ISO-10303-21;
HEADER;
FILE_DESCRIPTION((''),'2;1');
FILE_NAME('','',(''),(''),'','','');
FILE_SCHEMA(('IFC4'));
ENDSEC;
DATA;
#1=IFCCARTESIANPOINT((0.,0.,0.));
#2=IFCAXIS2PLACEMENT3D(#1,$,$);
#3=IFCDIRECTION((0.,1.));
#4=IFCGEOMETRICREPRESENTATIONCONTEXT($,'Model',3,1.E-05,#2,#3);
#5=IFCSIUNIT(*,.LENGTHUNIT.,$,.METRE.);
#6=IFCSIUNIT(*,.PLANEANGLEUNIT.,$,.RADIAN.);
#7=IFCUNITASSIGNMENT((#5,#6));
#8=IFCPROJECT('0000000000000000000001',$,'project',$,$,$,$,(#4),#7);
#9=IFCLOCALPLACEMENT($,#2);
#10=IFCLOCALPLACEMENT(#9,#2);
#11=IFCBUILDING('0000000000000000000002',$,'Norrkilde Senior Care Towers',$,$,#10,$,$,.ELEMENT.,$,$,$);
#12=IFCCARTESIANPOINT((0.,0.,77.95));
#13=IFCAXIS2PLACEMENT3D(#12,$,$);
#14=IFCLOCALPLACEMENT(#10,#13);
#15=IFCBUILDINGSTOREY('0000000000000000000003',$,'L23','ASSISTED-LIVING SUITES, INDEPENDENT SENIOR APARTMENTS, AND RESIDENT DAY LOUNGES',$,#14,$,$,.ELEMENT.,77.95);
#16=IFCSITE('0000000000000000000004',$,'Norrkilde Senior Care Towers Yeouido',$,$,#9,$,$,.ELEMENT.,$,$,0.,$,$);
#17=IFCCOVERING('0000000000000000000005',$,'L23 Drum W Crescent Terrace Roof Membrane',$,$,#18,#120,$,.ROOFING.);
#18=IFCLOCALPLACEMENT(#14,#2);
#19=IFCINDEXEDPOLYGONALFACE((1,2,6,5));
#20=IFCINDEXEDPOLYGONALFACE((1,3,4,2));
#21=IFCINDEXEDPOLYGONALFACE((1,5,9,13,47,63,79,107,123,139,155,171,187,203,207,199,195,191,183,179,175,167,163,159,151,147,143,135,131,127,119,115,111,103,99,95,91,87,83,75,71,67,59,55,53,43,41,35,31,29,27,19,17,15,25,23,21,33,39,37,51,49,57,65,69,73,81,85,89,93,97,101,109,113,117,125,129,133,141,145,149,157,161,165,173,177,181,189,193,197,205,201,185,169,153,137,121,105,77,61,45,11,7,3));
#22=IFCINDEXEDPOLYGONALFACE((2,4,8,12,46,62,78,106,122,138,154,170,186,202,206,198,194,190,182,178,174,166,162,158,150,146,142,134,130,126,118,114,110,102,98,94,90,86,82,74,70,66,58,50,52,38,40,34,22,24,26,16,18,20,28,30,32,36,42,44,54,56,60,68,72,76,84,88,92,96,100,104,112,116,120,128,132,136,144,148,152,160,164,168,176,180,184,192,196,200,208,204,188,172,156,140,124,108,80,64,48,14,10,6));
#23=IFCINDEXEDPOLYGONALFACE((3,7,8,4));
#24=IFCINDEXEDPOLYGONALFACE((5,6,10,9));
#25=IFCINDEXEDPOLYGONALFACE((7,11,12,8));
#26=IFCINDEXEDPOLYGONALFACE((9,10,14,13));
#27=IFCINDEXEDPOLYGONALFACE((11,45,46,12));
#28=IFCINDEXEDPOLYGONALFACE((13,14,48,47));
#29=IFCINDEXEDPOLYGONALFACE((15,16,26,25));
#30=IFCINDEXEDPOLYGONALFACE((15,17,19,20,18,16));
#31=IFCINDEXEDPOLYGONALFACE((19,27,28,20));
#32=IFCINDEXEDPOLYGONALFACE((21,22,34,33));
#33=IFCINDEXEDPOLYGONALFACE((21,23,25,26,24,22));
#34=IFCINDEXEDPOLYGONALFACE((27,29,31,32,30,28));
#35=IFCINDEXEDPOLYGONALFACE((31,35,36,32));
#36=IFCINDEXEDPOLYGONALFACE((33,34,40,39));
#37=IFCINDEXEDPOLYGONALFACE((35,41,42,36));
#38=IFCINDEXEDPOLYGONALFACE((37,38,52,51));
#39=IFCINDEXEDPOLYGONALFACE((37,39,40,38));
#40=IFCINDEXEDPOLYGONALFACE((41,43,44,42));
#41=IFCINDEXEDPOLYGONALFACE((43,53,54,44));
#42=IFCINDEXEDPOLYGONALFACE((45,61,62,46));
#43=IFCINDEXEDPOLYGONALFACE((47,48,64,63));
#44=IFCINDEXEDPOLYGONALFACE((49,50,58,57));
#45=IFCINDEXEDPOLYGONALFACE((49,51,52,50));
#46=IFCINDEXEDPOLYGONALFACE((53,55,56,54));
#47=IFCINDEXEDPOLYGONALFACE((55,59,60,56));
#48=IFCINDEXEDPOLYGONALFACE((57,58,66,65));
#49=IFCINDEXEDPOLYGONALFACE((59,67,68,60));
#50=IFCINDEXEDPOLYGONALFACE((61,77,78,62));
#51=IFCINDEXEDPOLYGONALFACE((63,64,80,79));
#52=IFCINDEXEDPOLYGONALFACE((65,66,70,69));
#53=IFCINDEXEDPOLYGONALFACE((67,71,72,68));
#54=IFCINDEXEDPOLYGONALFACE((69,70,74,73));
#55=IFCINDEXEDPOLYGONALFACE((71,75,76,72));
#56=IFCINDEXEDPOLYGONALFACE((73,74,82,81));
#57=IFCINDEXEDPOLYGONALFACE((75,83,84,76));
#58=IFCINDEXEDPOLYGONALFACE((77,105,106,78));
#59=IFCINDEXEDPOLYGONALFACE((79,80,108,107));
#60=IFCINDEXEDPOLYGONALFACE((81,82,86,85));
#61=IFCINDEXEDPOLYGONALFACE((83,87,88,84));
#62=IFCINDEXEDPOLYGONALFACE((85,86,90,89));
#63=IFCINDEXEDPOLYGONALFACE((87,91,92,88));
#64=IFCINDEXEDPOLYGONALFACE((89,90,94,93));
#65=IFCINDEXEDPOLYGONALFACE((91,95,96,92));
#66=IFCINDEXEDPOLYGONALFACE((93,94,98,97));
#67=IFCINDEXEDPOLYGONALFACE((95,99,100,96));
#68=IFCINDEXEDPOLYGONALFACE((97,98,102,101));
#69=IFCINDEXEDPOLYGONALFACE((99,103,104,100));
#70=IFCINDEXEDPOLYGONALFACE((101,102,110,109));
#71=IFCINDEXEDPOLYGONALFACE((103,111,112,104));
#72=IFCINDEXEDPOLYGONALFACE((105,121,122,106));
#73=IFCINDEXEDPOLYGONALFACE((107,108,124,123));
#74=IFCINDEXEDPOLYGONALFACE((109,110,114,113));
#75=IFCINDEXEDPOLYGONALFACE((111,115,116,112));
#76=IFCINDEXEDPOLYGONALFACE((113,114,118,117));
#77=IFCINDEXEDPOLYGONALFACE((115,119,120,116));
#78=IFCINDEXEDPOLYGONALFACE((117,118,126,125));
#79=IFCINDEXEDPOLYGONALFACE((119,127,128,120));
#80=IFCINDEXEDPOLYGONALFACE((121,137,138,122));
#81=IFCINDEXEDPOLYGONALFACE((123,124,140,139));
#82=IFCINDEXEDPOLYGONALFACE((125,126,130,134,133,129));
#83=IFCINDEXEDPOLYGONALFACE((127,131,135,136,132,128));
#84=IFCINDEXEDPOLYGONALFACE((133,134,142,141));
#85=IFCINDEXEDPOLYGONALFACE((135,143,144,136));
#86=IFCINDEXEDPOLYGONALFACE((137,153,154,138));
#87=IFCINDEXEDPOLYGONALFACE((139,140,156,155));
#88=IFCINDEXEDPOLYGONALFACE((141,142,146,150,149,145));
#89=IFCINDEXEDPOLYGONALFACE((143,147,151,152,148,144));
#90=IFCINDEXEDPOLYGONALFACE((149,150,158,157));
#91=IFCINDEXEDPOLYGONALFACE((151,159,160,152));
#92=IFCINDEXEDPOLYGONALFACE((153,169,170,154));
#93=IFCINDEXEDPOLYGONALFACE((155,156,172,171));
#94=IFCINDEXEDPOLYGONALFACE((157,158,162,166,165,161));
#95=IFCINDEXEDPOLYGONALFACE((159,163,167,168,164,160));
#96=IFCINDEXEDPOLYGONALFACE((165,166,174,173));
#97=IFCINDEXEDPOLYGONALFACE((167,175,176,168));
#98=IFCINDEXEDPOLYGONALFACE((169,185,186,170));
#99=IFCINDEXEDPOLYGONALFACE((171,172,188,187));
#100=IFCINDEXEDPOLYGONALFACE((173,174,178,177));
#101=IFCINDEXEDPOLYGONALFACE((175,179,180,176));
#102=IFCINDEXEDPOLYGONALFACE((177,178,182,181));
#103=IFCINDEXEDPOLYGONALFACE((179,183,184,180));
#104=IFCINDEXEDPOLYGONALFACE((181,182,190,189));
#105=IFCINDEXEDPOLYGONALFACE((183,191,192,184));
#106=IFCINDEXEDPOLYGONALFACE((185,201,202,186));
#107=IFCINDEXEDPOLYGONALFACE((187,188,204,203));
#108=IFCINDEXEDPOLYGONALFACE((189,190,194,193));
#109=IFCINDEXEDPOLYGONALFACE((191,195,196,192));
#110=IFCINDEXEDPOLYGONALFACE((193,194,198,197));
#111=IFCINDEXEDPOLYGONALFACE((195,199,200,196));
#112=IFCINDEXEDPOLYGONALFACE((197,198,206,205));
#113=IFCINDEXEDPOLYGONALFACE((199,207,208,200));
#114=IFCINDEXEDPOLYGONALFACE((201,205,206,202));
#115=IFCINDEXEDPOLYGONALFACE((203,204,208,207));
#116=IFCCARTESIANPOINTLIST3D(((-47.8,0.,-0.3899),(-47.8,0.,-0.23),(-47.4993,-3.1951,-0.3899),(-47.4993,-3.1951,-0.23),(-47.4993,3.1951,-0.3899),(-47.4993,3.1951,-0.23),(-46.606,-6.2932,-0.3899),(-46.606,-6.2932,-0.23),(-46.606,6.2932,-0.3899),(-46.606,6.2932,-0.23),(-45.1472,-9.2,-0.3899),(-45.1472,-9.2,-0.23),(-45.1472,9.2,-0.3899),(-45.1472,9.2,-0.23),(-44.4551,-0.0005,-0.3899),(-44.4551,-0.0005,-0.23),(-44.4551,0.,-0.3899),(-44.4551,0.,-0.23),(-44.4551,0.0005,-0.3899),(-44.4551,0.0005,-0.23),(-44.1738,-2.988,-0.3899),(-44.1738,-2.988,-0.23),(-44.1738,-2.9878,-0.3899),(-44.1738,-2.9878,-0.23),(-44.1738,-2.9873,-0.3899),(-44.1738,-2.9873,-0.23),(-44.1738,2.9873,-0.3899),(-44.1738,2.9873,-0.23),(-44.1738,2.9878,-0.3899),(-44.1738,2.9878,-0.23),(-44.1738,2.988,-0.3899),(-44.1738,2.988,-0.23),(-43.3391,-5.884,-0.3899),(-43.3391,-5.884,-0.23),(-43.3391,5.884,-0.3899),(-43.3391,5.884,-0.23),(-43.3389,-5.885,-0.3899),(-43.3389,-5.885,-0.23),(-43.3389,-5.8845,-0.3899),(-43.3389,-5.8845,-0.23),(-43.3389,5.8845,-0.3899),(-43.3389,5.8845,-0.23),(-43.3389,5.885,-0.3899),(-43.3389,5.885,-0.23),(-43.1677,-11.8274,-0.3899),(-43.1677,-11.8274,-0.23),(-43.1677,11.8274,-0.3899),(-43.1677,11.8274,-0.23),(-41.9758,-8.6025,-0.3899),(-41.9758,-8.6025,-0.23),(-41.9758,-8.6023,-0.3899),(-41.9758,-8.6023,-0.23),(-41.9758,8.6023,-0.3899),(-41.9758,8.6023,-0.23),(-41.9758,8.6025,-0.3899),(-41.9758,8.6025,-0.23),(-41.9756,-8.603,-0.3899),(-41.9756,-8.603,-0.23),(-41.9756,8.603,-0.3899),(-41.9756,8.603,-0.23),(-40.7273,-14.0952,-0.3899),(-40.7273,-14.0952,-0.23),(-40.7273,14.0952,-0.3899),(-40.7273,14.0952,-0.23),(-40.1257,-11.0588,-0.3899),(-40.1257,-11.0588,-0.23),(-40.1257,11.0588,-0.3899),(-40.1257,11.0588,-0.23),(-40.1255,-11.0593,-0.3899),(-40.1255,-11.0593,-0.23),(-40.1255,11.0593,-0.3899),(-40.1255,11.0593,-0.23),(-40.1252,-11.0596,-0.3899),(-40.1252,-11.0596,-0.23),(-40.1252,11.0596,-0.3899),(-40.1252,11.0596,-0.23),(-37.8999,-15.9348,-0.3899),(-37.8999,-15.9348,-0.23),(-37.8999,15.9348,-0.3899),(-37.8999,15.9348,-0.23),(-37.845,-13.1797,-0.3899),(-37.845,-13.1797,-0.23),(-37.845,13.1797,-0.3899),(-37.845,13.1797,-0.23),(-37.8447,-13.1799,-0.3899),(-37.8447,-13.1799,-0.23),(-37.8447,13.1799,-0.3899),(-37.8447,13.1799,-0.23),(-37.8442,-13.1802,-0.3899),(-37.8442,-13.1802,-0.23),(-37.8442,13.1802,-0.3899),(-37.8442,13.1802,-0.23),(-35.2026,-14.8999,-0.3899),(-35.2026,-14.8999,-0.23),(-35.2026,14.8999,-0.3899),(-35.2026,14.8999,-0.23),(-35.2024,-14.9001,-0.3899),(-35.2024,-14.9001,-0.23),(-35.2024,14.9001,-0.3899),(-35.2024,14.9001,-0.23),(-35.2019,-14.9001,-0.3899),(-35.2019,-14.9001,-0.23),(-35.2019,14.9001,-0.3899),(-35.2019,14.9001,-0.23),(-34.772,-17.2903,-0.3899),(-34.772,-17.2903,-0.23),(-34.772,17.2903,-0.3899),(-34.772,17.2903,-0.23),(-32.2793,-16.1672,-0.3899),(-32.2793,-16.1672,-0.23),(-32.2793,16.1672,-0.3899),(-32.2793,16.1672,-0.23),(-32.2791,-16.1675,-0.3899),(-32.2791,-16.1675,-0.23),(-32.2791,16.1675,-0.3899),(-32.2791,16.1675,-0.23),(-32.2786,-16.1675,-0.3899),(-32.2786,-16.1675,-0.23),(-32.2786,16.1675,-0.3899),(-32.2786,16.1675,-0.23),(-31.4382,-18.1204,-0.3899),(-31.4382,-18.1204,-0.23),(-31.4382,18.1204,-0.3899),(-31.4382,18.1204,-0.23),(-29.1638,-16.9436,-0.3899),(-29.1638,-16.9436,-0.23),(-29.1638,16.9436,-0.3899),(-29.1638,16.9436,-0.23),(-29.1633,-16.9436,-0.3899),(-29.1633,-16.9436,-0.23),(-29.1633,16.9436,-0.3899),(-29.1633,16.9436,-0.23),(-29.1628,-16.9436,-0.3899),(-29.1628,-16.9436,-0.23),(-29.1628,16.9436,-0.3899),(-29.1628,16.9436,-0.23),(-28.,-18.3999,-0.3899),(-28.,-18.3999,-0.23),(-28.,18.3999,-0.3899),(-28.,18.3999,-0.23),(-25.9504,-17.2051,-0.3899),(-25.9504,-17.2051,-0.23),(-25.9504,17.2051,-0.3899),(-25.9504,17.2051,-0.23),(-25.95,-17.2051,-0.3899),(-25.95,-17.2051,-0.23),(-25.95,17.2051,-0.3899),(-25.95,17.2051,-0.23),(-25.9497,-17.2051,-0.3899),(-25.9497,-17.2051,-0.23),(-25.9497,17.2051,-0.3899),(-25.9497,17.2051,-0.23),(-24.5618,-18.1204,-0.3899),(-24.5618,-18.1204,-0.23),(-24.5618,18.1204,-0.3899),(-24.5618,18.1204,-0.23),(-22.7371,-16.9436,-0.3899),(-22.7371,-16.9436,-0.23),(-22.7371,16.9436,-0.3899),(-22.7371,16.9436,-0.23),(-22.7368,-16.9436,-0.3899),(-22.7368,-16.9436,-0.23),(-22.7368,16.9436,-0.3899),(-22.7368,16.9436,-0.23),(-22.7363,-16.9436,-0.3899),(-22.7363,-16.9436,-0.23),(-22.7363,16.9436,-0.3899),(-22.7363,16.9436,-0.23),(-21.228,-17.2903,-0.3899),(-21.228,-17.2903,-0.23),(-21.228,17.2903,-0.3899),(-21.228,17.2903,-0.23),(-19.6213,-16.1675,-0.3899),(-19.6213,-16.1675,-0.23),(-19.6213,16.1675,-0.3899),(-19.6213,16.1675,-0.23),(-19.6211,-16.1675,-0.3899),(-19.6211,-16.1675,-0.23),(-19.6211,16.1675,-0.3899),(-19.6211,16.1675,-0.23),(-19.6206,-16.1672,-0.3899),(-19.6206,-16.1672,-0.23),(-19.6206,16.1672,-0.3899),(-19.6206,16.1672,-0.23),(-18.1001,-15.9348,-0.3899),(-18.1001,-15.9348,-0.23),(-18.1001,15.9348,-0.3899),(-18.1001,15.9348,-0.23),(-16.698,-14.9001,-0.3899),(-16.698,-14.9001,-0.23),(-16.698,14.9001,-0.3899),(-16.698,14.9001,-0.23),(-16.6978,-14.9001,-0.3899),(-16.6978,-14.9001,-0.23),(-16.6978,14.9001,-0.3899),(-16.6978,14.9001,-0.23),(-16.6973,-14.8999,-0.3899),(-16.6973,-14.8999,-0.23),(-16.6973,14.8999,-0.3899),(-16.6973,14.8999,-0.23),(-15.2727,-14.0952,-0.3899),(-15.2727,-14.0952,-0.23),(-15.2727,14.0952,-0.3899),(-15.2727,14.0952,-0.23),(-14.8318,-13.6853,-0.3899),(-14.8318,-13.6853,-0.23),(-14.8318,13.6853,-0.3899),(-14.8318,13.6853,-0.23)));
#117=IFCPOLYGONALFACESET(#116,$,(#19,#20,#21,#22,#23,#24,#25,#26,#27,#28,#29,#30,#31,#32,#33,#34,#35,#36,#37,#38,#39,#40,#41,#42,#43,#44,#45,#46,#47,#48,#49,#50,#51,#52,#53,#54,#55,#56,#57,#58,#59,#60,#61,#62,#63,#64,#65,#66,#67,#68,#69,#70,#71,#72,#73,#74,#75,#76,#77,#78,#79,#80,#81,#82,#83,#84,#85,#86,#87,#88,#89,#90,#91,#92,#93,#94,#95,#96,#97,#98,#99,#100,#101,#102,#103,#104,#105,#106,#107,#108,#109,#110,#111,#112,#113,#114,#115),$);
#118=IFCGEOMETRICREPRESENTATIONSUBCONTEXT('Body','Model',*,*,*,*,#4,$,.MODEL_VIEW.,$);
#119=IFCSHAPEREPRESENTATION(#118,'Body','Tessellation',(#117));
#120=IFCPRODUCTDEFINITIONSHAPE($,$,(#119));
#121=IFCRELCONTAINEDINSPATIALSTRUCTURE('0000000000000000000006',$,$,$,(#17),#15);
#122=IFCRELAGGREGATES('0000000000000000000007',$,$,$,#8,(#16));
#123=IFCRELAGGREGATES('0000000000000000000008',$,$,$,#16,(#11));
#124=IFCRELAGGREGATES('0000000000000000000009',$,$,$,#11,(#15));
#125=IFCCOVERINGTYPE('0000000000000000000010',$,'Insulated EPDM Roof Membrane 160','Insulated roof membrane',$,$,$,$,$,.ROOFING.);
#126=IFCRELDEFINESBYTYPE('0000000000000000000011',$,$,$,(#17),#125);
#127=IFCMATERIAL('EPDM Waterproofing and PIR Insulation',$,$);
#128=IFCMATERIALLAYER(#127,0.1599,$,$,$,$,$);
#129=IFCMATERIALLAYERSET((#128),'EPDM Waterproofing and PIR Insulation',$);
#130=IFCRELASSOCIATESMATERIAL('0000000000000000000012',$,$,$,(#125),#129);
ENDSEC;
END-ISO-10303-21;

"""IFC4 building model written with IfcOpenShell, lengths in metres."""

from ifc_helpers import new_model, si_unit, direction, frame, origin, place, context, subcontext, project, spatial, polyline, outline, extrude, material, layer, layer_set, type_object, element, save


model = new_model("IFC4")

# Units and contexts
model_context = context("Model", 3, precision=1e-05, world=origin(), true_north=direction((0.0, 1.0)))
body_context = subcontext(model_context, "Body", "Model", "MODEL_VIEW")
ifc_project = project(units=[si_unit("LENGTHUNIT", "METRE"), si_unit("PLANEANGLEUNIT", "RADIAN")], contexts=[model_context])

# Site, building, storey
site_placement = place(None, origin())
site = spatial("IfcSite", under=ifc_project, at=site_placement, Name="Norrkilde Senior Care Towers Yeouido", CompositionType="ELEMENT", RefElevation=0.0)
building_placement = place(site_placement, origin())
building = spatial("IfcBuilding", under=site, at=building_placement, Name="Norrkilde Senior Care Towers", CompositionType="ELEMENT")
storey_placement = place(building_placement, frame((0.0, 0.0, 77.95)))
storey = spatial("IfcBuildingStorey", under=building, at=storey_placement, Name="L23", Description="ASSISTED-LIVING SUITES, INDEPENDENT SENIOR APARTMENTS, AND RESIDENT DAY LOUNGES", CompositionType="ELEMENT", Elevation=77.95)

# Covering
ifc_material_1 = material(Name="EPDM Waterproofing and PIR Insulation")
ifc_layer_1 = layer(ifc_material_1, 0.1599)
ifc_layer_set_1 = layer_set([ifc_layer_1], Name="EPDM Waterproofing and PIR Insulation")
covering_type_1 = type_object("IfcCoveringType", Name="Insulated EPDM Roof Membrane 160", Description="Insulated roof membrane", PredefinedType="ROOFING", material=ifc_layer_set_1)
covering_1_placement = place(storey_placement, frame((0.0, 0.0, -0.3899)))
element("IfcCovering", 1, at=covering_1_placement, inside=storey, type_object=covering_type_1, Name="L23 Drum W Crescent Terrace Roof Membrane", PredefinedType="ROOFING", context=body_context, shape_type="SweptSolid", body=[
    extrude(outline(polyline([(-15.2727, -14.0952), (-18.1001, -15.9348), (-21.228, -17.2903), (-24.5618, -18.1204), (-28.0, -18.3999), (-31.4382, -18.1204), (-34.772, -17.2903), (-37.8999, -15.9348), (-40.7273, -14.0952), (-43.1677, -11.8274), (-45.1472, -9.2), (-46.606, -6.2932), (-47.4993, -3.1951), (-47.8, 0.0), (-47.4993, 3.1951), (-46.606, 6.2932), (-45.1472, 9.2), (-43.1677, 11.8274), (-40.7273, 14.0952), (-37.8999, 15.9348), (-34.772, 17.2903), (-31.4382, 18.1204), (-28.0, 18.3999), (-24.5618, 18.1204), (-21.228, 17.2903), (-18.1001, 15.9348), (-15.2727, 14.0952), (-14.8318, 13.6853), (-16.6973, 14.8999), (-16.6978, 14.9001), (-16.698, 14.9001), (-19.6206, 16.1672), (-19.6211, 16.1675), (-19.6213, 16.1675), (-22.7363, 16.9436), (-22.7368, 16.9436), (-22.7371, 16.9436), (-25.9497, 17.2051), (-25.95, 17.2051), (-25.9504, 17.2051), (-29.1628, 16.9436), (-29.1633, 16.9436), (-29.1638, 16.9436), (-32.2786, 16.1675), (-32.2791, 16.1675), (-32.2793, 16.1672), (-35.2019, 14.9001), (-35.2024, 14.9001), (-35.2026, 14.8999), (-37.8442, 13.1802), (-37.8447, 13.1799), (-37.845, 13.1797), (-40.1252, 11.0596), (-40.1255, 11.0593), (-40.1257, 11.0588), (-41.9756, 8.603), (-41.9758, 8.6025), (-41.9758, 8.6023), (-43.3389, 5.885), (-43.3389, 5.8845), (-43.3391, 5.884), (-44.1738, 2.988), (-44.1738, 2.9878), (-44.1738, 2.9873), (-44.4551, 0.0005), (-44.4551, 0.0), (-44.4551, -0.0005), (-44.1738, -2.9873), (-44.1738, -2.9878), (-44.1738, -2.988), (-43.3391, -5.884), (-43.3389, -5.8845), (-43.3389, -5.885), (-41.9758, -8.6023), (-41.9758, -8.6025), (-41.9756, -8.603), (-40.1257, -11.0588), (-40.1255, -11.0593), (-40.1252, -11.0596), (-37.845, -13.1797), (-37.8447, -13.1799), (-37.8442, -13.1802), (-35.2026, -14.8999), (-35.2024, -14.9001), (-35.2019, -14.9001), (-32.2793, -16.1672), (-32.2791, -16.1675), (-32.2786, -16.1675), (-29.1638, -16.9436), (-29.1633, -16.9436), (-29.1628, -16.9436), (-25.9504, -17.2051), (-25.95, -17.2051), (-25.9497, -17.2051), (-22.7371, -16.9436), (-22.7368, -16.9436), (-22.7363, -16.9436), (-19.6213, -16.1675), (-19.6211, -16.1675), (-19.6206, -16.1672), (-16.698, -14.9001), (-16.6978, -14.9001), (-16.6973, -14.8999), (-14.8318, -13.6853), (-15.2727, -14.0952)])), origin(), (0.0, 0.0, 1.0), 0.1599),
])

save(model, "model.ifc")
